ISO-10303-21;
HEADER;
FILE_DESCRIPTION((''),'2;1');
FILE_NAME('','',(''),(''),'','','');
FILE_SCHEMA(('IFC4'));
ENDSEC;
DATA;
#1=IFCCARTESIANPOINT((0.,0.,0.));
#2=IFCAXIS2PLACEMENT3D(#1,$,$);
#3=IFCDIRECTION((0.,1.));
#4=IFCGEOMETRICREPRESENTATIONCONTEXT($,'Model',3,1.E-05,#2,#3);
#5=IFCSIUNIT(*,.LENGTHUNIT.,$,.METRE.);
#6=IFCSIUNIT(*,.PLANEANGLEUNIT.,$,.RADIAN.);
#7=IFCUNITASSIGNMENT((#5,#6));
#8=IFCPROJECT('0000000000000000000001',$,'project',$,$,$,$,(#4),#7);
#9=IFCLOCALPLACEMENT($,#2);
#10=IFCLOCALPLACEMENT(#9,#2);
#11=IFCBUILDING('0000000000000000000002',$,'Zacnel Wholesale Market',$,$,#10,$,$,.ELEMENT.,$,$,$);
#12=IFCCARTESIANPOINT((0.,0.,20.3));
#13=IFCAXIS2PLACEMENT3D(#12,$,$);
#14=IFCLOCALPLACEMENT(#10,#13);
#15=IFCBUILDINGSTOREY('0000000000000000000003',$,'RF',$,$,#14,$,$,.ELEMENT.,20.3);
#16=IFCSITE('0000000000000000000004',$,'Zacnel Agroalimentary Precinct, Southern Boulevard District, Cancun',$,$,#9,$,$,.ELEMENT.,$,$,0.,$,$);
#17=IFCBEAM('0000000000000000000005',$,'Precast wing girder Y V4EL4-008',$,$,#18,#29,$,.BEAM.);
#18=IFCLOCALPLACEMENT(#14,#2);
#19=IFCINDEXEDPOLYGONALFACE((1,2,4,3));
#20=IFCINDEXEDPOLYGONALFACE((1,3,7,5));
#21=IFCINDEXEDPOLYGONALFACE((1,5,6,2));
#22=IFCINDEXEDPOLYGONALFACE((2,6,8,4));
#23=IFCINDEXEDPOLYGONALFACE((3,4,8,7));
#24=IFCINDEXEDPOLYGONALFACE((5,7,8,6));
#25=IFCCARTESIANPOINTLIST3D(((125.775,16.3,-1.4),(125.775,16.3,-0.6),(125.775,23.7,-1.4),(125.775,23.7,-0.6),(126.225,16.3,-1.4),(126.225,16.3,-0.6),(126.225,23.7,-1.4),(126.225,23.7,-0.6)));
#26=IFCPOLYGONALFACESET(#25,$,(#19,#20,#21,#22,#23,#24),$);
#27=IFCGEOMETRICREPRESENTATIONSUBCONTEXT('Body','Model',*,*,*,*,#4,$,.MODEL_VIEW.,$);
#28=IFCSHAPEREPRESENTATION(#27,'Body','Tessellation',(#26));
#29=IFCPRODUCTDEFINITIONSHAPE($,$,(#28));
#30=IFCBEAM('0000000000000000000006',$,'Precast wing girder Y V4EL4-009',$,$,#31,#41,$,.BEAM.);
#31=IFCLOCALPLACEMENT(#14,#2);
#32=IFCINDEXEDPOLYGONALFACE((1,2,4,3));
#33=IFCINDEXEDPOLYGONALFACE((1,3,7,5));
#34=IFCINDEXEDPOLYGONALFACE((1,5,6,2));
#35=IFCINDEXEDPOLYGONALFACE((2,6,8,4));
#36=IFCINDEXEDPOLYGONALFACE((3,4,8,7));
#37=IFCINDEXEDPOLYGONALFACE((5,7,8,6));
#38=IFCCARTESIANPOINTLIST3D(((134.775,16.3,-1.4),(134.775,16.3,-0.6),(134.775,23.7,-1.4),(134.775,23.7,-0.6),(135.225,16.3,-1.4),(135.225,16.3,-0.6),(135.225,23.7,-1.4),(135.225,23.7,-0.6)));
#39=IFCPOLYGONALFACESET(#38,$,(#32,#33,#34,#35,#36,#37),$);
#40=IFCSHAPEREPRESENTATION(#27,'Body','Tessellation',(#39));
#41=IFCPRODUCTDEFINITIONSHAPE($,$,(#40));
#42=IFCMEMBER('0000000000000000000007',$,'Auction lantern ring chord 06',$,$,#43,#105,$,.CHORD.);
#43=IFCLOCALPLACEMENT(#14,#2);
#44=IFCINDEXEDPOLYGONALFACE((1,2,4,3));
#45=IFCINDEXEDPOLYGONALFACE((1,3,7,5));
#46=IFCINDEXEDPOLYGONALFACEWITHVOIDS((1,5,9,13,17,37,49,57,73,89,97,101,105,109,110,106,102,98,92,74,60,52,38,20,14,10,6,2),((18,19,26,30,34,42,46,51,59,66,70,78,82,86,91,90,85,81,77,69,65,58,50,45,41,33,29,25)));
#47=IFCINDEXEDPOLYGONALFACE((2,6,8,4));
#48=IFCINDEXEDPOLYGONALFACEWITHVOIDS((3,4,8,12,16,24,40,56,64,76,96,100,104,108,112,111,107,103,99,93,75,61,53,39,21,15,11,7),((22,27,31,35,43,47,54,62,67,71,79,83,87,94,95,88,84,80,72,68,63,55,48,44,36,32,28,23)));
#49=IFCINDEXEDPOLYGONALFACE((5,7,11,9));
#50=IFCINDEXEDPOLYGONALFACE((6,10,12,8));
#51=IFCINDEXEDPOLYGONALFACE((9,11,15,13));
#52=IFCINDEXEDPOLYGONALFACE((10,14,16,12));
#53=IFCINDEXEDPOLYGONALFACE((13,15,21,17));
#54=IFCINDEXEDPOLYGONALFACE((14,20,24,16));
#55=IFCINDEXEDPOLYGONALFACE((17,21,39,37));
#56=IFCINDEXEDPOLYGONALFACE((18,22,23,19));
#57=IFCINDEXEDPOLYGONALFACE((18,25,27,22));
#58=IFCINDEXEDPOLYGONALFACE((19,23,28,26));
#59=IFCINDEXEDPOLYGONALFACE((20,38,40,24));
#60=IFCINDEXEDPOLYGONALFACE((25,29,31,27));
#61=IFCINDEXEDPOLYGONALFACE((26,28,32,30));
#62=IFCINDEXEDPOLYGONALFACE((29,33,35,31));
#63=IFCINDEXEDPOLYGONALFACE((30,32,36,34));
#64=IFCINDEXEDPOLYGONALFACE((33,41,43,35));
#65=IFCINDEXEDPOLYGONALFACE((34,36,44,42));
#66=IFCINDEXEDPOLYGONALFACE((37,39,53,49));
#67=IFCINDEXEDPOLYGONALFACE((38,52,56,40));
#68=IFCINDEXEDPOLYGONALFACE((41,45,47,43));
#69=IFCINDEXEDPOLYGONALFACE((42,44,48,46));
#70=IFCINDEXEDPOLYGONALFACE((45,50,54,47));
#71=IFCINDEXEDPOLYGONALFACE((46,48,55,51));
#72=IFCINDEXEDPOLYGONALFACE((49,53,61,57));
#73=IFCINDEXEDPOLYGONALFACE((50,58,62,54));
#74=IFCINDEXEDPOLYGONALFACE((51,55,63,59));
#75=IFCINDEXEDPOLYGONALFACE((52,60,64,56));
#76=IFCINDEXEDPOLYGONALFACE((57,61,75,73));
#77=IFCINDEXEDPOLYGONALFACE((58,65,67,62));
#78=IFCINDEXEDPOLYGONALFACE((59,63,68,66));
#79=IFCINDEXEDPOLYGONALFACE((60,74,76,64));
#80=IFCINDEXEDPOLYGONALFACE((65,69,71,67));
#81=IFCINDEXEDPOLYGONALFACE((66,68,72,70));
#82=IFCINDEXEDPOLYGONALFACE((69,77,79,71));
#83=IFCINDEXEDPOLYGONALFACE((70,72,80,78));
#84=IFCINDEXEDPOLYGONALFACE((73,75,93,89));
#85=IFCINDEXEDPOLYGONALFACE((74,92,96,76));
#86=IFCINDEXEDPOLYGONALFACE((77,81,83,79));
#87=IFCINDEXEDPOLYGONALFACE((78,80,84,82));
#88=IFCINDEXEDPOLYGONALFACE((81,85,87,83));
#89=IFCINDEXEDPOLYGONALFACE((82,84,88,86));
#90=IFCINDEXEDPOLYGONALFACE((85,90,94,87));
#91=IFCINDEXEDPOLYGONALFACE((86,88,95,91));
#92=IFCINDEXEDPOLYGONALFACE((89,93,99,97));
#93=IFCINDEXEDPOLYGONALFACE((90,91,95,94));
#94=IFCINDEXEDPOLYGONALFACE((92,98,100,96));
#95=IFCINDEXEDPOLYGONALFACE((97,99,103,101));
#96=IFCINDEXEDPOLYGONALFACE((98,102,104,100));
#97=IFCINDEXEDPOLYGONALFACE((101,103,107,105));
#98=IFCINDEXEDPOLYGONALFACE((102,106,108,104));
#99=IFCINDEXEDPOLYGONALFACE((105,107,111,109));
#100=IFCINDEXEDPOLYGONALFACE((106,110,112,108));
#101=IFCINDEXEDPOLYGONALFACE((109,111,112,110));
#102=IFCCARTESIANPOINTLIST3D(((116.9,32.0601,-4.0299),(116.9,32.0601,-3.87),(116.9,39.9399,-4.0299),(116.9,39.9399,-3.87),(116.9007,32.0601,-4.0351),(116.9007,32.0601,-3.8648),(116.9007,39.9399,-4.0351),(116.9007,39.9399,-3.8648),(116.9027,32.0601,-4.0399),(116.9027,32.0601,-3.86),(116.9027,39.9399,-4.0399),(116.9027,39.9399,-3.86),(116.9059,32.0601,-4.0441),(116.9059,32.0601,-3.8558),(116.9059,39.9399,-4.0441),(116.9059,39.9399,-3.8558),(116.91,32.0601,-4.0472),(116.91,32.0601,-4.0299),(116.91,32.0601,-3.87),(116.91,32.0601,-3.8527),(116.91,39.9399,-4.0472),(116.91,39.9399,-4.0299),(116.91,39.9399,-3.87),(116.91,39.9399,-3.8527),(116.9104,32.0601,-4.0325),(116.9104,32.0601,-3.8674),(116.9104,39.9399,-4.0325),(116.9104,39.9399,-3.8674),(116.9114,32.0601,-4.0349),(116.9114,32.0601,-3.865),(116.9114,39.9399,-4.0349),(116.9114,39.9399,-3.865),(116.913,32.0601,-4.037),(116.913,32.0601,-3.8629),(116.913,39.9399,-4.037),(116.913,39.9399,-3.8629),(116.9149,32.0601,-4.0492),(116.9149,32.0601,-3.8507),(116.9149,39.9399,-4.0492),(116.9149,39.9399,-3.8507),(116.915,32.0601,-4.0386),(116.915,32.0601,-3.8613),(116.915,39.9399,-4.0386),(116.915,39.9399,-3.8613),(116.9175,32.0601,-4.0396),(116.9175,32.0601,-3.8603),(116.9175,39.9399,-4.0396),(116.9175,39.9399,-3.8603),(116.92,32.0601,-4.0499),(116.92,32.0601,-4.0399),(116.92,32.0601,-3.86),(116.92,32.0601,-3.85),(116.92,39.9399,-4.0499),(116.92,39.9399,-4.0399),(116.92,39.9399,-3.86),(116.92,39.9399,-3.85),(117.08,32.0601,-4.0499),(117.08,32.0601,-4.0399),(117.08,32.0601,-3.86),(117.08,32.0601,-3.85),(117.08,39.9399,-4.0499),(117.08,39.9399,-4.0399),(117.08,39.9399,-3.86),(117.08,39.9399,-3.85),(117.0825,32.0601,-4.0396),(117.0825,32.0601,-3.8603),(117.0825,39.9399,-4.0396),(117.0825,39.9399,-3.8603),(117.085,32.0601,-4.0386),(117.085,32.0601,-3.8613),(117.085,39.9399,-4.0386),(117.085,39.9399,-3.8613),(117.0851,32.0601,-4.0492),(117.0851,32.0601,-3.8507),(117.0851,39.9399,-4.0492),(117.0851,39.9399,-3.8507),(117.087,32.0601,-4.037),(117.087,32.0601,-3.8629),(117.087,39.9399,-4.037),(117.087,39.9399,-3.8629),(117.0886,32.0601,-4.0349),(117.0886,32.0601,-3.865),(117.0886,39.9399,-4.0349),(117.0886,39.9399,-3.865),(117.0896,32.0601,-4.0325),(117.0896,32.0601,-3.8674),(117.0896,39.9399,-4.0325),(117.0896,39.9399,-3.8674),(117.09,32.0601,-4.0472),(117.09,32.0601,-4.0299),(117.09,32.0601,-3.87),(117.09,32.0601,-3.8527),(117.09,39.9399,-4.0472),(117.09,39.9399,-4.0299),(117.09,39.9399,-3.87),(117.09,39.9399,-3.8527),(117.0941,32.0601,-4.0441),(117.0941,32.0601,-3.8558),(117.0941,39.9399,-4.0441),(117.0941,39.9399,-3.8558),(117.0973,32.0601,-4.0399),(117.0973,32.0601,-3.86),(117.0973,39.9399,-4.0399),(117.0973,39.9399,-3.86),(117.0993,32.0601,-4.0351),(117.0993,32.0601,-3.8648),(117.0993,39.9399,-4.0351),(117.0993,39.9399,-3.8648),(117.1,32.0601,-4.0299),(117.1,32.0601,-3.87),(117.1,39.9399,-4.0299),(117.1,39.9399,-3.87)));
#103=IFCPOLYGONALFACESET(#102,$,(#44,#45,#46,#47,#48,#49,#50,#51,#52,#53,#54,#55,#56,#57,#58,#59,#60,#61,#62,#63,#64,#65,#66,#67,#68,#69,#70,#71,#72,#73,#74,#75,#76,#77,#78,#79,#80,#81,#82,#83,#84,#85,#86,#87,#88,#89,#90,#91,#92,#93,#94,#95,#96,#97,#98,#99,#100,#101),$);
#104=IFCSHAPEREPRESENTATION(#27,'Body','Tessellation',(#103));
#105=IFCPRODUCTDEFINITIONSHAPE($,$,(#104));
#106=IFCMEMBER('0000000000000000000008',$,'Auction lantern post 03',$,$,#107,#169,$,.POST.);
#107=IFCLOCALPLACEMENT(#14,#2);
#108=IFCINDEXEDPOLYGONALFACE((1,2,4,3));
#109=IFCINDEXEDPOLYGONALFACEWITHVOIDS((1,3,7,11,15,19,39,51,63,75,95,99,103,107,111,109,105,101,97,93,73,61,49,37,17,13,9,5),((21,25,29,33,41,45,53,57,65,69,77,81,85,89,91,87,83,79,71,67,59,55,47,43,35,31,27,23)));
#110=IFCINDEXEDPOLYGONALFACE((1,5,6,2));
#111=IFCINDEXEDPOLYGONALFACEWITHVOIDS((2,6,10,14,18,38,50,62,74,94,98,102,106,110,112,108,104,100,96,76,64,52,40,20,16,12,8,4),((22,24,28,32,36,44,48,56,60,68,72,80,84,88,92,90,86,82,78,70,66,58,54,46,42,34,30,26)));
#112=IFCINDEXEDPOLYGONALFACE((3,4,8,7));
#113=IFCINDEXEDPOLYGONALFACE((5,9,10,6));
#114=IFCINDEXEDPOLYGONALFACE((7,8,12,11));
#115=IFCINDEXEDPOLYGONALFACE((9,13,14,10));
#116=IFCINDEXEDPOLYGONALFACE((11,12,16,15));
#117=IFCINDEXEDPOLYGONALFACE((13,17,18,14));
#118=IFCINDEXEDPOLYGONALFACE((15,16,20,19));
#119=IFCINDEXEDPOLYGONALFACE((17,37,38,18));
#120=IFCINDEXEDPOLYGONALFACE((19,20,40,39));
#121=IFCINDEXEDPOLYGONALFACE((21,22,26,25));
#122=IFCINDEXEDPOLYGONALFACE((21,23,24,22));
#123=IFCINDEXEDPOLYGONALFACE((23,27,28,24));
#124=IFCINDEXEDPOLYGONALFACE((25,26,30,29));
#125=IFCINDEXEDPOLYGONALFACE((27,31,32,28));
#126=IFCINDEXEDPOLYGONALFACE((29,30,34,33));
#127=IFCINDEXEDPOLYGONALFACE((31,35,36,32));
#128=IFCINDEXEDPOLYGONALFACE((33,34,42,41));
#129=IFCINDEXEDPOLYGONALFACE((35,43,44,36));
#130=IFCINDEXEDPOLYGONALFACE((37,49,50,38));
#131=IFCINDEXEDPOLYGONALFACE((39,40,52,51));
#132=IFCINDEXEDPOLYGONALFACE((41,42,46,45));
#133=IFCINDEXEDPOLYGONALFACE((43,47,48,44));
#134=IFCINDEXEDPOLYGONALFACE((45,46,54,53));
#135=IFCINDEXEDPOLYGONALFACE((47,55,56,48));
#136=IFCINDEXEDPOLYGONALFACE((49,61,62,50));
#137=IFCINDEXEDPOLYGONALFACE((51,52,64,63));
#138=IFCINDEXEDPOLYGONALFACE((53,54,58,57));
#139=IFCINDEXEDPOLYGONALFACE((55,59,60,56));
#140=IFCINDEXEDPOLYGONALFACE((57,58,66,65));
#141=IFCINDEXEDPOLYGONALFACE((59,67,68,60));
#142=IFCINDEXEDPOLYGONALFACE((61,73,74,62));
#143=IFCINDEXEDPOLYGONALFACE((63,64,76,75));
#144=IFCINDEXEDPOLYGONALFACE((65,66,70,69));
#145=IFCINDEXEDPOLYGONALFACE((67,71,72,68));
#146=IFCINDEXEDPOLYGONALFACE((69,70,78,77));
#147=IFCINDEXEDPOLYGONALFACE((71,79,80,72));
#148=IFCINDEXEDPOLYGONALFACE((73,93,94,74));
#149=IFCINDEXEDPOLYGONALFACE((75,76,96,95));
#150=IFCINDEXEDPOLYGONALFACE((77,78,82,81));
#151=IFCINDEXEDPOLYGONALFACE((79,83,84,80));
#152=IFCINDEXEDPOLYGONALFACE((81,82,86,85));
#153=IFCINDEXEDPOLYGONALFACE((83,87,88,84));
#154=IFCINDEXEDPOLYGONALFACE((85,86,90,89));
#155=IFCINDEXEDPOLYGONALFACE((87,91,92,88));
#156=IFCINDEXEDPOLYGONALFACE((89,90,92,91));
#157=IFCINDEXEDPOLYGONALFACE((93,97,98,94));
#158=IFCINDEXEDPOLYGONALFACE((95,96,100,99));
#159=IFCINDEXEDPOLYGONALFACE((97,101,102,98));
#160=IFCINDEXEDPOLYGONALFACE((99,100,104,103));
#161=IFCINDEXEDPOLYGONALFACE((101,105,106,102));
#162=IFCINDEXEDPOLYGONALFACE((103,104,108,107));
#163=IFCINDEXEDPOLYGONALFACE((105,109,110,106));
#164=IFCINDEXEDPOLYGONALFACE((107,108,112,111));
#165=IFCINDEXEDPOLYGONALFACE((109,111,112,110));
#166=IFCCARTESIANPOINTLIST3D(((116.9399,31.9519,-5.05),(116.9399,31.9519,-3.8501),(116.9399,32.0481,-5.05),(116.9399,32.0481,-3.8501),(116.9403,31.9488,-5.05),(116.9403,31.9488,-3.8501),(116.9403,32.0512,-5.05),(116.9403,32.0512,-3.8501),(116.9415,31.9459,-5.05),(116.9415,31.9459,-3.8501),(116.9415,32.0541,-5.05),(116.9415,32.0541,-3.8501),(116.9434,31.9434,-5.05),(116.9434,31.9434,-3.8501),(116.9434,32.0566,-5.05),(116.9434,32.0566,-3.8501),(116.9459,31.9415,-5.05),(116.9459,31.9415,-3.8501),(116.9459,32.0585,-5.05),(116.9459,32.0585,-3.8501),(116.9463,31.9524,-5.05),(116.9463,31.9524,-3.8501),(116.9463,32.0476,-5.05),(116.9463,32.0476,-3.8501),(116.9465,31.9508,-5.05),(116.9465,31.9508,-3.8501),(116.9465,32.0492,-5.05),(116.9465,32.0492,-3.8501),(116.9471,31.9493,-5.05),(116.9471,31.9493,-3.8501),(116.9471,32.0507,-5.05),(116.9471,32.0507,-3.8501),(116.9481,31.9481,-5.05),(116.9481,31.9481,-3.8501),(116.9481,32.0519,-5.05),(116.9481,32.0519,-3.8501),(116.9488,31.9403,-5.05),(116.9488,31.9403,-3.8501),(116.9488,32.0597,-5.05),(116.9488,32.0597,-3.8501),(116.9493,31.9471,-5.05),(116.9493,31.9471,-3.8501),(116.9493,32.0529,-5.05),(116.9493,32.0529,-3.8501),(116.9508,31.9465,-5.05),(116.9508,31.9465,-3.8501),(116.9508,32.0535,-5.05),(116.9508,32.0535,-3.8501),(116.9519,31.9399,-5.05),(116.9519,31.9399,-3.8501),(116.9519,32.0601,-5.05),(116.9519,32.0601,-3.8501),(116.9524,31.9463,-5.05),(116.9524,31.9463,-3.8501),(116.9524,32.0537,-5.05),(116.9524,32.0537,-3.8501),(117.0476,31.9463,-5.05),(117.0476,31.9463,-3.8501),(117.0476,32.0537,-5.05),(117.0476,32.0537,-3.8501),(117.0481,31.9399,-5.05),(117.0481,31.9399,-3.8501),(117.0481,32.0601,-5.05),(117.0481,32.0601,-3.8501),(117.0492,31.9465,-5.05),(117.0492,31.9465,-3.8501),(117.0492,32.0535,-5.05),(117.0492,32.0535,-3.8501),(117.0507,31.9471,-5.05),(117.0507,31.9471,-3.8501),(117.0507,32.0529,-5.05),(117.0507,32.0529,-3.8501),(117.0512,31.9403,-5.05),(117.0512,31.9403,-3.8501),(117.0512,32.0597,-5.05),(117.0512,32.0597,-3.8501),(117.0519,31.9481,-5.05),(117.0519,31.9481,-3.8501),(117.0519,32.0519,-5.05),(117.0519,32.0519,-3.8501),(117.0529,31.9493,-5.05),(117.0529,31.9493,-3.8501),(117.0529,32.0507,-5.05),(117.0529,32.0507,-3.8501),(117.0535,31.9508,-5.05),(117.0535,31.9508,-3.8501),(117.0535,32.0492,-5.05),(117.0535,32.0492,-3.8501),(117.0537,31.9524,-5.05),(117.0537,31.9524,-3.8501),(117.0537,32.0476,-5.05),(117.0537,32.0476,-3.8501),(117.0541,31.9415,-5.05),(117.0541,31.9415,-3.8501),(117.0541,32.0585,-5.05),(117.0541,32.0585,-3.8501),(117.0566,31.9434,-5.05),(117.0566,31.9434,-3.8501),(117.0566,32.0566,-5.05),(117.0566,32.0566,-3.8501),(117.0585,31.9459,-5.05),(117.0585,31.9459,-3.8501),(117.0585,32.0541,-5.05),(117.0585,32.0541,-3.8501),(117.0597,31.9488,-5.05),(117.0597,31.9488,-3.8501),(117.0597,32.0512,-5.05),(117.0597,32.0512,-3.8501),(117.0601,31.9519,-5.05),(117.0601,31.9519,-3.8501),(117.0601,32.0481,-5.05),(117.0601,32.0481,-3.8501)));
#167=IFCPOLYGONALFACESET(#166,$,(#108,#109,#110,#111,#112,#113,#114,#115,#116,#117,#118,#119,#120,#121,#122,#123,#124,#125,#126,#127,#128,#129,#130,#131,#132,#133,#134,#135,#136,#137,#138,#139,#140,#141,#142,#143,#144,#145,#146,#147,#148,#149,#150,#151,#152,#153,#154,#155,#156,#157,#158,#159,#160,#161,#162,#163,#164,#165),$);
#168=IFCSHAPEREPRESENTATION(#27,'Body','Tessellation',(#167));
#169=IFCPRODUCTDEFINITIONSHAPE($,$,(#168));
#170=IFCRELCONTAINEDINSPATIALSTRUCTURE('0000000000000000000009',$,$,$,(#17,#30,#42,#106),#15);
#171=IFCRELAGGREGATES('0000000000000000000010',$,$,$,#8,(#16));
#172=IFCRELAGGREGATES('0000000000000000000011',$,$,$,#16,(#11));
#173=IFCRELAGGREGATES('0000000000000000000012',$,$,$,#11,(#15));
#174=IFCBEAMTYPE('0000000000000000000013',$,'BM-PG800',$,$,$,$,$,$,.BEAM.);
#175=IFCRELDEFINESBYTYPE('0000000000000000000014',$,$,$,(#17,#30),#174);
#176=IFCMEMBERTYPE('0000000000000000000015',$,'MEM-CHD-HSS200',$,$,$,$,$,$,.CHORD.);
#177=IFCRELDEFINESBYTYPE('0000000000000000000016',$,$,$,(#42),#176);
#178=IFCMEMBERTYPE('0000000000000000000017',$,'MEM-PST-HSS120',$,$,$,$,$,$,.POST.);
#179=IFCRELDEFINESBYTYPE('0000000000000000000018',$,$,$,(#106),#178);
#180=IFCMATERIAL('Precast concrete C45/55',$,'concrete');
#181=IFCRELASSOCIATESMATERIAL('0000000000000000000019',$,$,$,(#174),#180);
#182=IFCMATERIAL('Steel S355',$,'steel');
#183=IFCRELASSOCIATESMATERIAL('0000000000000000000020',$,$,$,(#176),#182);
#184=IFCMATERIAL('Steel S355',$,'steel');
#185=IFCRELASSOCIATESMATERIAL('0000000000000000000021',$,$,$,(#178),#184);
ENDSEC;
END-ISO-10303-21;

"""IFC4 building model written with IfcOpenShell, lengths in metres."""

from ifc_helpers import new_model, si_unit, direction, frame, origin, origin_2d, place, context, subcontext, project, spatial, rectangle, hollow_rectangle, extrude, material, material_profile, profile_set, type_object, element, save


model = new_model("IFC4")

# Units and contexts
model_context = context("Model", 3, precision=1e-05, world=origin(), true_north=direction((0.0, 1.0)))
body_context = subcontext(model_context, "Body", "Model", "MODEL_VIEW")
ifc_project = project(units=[si_unit("LENGTHUNIT", "METRE"), si_unit("PLANEANGLEUNIT", "RADIAN")], contexts=[model_context])

# Site, building, storey
site_placement = place(None, origin())
site = spatial("IfcSite", under=ifc_project, at=site_placement, Name="Zacnel Agroalimentary Precinct, Southern Boulevard District, Cancun", CompositionType="ELEMENT", RefElevation=0.0)
building_placement = place(site_placement, origin())
building = spatial("IfcBuilding", under=site, at=building_placement, Name="Zacnel Wholesale Market", CompositionType="ELEMENT")
storey_placement = place(building_placement, frame((0.0, 0.0, 20.3)))
storey = spatial("IfcBuildingStorey", under=building, at=storey_placement, Name="RF", CompositionType="ELEMENT", Elevation=20.3)

# Beams
ifc_material_1 = material(Name="Precast concrete C45/55", Category="concrete")
ifc_material_profile_1 = material_profile(ifc_material_1, rectangle(XDim=0.45, YDim=0.8, at=origin_2d()), Name="PG 450x800")
ifc_profile_set_1 = profile_set([ifc_material_profile_1], Name="Precast concrete C45/55")
beam_type_1 = type_object("IfcBeamType", Name="BM-PG800", PredefinedType="BEAM", material=ifc_profile_set_1)
for number, where, z_axis, x_axis, name in (
    (1, (126.0, 16.3, -1.0), (0.0, 1.0, 0.0), (-1.0, 0.0, 0.0), "Precast wing girder Y V4EL4-008"),
    (2, (135.0, 16.3, -1.0), (0.0, 1.0, 0.0), (-1.0, 0.0, 0.0), "Precast wing girder Y V4EL4-009"),
):
    element("IfcBeam", number, at=place(storey_placement, frame(where, z_axis=z_axis, x_axis=x_axis)), inside=storey, type_object=beam_type_1, Name=name, PredefinedType="BEAM", context=body_context, shape_type="SweptSolid", body=[
        extrude(rectangle(XDim=0.45, YDim=0.8, at=origin_2d()), origin(), (0.0, 0.0, 1.0), 7.3999),
    ])

# Members
ifc_material_2 = material(Name="Steel S355", Category="steel")
ifc_material_profile_2 = material_profile(ifc_material_2, hollow_rectangle(XDim=0.2, YDim=0.2, WallThickness=0.01, InnerFilletRadius=0.01, OuterFilletRadius=0.02, at=origin_2d()), Name="HSS 200x200x10")
ifc_profile_set_2 = profile_set([ifc_material_profile_2], Name="Steel S355")
member_type_1 = type_object("IfcMemberType", Name="MEM-CHD-HSS200", PredefinedType="CHORD", material=ifc_profile_set_2)
member_1_placement = place(storey_placement, frame((117.0, 32.0601, -3.95), z_axis=(0.0, 1.0, 0.0), x_axis=(-1.0, 0.0, 0.0)))
element("IfcMember", 3, at=member_1_placement, inside=storey, type_object=member_type_1, Name="Auction lantern ring chord 06", PredefinedType="CHORD", context=body_context, shape_type="SweptSolid", body=[
    extrude(hollow_rectangle(XDim=0.2, YDim=0.2, WallThickness=0.01, InnerFilletRadius=0.01, OuterFilletRadius=0.02, at=origin_2d()), origin(), (0.0, 0.0, 1.0), 7.8799),
])
ifc_material_3 = material(Name="Steel S355", Category="steel")
ifc_material_profile_3 = material_profile(ifc_material_3, hollow_rectangle(XDim=0.1201, YDim=0.1201, WallThickness=0.0063, InnerFilletRadius=0.0061, OuterFilletRadius=0.012, at=origin_2d()), Name="HSS 120x120x6.3")
ifc_profile_set_3 = profile_set([ifc_material_profile_3], Name="Steel S355")
member_type_2 = type_object("IfcMemberType", Name="MEM-PST-HSS120", PredefinedType="POST", material=ifc_profile_set_3)
member_2_placement = place(storey_placement, frame((117.0, 32.0, -5.05), z_axis=(0.0, 0.0, 1.0), x_axis=(1.0, 0.0, 0.0)))
element("IfcMember", 4, at=member_2_placement, inside=storey, type_object=member_type_2, Name="Auction lantern post 03", PredefinedType="POST", context=body_context, shape_type="SweptSolid", body=[
    extrude(hollow_rectangle(XDim=0.1201, YDim=0.1201, WallThickness=0.0063, InnerFilletRadius=0.0061, OuterFilletRadius=0.012, at=origin_2d()), origin(), (0.0, 0.0, 1.0), 1.2),
])

save(model, "model.ifc")
